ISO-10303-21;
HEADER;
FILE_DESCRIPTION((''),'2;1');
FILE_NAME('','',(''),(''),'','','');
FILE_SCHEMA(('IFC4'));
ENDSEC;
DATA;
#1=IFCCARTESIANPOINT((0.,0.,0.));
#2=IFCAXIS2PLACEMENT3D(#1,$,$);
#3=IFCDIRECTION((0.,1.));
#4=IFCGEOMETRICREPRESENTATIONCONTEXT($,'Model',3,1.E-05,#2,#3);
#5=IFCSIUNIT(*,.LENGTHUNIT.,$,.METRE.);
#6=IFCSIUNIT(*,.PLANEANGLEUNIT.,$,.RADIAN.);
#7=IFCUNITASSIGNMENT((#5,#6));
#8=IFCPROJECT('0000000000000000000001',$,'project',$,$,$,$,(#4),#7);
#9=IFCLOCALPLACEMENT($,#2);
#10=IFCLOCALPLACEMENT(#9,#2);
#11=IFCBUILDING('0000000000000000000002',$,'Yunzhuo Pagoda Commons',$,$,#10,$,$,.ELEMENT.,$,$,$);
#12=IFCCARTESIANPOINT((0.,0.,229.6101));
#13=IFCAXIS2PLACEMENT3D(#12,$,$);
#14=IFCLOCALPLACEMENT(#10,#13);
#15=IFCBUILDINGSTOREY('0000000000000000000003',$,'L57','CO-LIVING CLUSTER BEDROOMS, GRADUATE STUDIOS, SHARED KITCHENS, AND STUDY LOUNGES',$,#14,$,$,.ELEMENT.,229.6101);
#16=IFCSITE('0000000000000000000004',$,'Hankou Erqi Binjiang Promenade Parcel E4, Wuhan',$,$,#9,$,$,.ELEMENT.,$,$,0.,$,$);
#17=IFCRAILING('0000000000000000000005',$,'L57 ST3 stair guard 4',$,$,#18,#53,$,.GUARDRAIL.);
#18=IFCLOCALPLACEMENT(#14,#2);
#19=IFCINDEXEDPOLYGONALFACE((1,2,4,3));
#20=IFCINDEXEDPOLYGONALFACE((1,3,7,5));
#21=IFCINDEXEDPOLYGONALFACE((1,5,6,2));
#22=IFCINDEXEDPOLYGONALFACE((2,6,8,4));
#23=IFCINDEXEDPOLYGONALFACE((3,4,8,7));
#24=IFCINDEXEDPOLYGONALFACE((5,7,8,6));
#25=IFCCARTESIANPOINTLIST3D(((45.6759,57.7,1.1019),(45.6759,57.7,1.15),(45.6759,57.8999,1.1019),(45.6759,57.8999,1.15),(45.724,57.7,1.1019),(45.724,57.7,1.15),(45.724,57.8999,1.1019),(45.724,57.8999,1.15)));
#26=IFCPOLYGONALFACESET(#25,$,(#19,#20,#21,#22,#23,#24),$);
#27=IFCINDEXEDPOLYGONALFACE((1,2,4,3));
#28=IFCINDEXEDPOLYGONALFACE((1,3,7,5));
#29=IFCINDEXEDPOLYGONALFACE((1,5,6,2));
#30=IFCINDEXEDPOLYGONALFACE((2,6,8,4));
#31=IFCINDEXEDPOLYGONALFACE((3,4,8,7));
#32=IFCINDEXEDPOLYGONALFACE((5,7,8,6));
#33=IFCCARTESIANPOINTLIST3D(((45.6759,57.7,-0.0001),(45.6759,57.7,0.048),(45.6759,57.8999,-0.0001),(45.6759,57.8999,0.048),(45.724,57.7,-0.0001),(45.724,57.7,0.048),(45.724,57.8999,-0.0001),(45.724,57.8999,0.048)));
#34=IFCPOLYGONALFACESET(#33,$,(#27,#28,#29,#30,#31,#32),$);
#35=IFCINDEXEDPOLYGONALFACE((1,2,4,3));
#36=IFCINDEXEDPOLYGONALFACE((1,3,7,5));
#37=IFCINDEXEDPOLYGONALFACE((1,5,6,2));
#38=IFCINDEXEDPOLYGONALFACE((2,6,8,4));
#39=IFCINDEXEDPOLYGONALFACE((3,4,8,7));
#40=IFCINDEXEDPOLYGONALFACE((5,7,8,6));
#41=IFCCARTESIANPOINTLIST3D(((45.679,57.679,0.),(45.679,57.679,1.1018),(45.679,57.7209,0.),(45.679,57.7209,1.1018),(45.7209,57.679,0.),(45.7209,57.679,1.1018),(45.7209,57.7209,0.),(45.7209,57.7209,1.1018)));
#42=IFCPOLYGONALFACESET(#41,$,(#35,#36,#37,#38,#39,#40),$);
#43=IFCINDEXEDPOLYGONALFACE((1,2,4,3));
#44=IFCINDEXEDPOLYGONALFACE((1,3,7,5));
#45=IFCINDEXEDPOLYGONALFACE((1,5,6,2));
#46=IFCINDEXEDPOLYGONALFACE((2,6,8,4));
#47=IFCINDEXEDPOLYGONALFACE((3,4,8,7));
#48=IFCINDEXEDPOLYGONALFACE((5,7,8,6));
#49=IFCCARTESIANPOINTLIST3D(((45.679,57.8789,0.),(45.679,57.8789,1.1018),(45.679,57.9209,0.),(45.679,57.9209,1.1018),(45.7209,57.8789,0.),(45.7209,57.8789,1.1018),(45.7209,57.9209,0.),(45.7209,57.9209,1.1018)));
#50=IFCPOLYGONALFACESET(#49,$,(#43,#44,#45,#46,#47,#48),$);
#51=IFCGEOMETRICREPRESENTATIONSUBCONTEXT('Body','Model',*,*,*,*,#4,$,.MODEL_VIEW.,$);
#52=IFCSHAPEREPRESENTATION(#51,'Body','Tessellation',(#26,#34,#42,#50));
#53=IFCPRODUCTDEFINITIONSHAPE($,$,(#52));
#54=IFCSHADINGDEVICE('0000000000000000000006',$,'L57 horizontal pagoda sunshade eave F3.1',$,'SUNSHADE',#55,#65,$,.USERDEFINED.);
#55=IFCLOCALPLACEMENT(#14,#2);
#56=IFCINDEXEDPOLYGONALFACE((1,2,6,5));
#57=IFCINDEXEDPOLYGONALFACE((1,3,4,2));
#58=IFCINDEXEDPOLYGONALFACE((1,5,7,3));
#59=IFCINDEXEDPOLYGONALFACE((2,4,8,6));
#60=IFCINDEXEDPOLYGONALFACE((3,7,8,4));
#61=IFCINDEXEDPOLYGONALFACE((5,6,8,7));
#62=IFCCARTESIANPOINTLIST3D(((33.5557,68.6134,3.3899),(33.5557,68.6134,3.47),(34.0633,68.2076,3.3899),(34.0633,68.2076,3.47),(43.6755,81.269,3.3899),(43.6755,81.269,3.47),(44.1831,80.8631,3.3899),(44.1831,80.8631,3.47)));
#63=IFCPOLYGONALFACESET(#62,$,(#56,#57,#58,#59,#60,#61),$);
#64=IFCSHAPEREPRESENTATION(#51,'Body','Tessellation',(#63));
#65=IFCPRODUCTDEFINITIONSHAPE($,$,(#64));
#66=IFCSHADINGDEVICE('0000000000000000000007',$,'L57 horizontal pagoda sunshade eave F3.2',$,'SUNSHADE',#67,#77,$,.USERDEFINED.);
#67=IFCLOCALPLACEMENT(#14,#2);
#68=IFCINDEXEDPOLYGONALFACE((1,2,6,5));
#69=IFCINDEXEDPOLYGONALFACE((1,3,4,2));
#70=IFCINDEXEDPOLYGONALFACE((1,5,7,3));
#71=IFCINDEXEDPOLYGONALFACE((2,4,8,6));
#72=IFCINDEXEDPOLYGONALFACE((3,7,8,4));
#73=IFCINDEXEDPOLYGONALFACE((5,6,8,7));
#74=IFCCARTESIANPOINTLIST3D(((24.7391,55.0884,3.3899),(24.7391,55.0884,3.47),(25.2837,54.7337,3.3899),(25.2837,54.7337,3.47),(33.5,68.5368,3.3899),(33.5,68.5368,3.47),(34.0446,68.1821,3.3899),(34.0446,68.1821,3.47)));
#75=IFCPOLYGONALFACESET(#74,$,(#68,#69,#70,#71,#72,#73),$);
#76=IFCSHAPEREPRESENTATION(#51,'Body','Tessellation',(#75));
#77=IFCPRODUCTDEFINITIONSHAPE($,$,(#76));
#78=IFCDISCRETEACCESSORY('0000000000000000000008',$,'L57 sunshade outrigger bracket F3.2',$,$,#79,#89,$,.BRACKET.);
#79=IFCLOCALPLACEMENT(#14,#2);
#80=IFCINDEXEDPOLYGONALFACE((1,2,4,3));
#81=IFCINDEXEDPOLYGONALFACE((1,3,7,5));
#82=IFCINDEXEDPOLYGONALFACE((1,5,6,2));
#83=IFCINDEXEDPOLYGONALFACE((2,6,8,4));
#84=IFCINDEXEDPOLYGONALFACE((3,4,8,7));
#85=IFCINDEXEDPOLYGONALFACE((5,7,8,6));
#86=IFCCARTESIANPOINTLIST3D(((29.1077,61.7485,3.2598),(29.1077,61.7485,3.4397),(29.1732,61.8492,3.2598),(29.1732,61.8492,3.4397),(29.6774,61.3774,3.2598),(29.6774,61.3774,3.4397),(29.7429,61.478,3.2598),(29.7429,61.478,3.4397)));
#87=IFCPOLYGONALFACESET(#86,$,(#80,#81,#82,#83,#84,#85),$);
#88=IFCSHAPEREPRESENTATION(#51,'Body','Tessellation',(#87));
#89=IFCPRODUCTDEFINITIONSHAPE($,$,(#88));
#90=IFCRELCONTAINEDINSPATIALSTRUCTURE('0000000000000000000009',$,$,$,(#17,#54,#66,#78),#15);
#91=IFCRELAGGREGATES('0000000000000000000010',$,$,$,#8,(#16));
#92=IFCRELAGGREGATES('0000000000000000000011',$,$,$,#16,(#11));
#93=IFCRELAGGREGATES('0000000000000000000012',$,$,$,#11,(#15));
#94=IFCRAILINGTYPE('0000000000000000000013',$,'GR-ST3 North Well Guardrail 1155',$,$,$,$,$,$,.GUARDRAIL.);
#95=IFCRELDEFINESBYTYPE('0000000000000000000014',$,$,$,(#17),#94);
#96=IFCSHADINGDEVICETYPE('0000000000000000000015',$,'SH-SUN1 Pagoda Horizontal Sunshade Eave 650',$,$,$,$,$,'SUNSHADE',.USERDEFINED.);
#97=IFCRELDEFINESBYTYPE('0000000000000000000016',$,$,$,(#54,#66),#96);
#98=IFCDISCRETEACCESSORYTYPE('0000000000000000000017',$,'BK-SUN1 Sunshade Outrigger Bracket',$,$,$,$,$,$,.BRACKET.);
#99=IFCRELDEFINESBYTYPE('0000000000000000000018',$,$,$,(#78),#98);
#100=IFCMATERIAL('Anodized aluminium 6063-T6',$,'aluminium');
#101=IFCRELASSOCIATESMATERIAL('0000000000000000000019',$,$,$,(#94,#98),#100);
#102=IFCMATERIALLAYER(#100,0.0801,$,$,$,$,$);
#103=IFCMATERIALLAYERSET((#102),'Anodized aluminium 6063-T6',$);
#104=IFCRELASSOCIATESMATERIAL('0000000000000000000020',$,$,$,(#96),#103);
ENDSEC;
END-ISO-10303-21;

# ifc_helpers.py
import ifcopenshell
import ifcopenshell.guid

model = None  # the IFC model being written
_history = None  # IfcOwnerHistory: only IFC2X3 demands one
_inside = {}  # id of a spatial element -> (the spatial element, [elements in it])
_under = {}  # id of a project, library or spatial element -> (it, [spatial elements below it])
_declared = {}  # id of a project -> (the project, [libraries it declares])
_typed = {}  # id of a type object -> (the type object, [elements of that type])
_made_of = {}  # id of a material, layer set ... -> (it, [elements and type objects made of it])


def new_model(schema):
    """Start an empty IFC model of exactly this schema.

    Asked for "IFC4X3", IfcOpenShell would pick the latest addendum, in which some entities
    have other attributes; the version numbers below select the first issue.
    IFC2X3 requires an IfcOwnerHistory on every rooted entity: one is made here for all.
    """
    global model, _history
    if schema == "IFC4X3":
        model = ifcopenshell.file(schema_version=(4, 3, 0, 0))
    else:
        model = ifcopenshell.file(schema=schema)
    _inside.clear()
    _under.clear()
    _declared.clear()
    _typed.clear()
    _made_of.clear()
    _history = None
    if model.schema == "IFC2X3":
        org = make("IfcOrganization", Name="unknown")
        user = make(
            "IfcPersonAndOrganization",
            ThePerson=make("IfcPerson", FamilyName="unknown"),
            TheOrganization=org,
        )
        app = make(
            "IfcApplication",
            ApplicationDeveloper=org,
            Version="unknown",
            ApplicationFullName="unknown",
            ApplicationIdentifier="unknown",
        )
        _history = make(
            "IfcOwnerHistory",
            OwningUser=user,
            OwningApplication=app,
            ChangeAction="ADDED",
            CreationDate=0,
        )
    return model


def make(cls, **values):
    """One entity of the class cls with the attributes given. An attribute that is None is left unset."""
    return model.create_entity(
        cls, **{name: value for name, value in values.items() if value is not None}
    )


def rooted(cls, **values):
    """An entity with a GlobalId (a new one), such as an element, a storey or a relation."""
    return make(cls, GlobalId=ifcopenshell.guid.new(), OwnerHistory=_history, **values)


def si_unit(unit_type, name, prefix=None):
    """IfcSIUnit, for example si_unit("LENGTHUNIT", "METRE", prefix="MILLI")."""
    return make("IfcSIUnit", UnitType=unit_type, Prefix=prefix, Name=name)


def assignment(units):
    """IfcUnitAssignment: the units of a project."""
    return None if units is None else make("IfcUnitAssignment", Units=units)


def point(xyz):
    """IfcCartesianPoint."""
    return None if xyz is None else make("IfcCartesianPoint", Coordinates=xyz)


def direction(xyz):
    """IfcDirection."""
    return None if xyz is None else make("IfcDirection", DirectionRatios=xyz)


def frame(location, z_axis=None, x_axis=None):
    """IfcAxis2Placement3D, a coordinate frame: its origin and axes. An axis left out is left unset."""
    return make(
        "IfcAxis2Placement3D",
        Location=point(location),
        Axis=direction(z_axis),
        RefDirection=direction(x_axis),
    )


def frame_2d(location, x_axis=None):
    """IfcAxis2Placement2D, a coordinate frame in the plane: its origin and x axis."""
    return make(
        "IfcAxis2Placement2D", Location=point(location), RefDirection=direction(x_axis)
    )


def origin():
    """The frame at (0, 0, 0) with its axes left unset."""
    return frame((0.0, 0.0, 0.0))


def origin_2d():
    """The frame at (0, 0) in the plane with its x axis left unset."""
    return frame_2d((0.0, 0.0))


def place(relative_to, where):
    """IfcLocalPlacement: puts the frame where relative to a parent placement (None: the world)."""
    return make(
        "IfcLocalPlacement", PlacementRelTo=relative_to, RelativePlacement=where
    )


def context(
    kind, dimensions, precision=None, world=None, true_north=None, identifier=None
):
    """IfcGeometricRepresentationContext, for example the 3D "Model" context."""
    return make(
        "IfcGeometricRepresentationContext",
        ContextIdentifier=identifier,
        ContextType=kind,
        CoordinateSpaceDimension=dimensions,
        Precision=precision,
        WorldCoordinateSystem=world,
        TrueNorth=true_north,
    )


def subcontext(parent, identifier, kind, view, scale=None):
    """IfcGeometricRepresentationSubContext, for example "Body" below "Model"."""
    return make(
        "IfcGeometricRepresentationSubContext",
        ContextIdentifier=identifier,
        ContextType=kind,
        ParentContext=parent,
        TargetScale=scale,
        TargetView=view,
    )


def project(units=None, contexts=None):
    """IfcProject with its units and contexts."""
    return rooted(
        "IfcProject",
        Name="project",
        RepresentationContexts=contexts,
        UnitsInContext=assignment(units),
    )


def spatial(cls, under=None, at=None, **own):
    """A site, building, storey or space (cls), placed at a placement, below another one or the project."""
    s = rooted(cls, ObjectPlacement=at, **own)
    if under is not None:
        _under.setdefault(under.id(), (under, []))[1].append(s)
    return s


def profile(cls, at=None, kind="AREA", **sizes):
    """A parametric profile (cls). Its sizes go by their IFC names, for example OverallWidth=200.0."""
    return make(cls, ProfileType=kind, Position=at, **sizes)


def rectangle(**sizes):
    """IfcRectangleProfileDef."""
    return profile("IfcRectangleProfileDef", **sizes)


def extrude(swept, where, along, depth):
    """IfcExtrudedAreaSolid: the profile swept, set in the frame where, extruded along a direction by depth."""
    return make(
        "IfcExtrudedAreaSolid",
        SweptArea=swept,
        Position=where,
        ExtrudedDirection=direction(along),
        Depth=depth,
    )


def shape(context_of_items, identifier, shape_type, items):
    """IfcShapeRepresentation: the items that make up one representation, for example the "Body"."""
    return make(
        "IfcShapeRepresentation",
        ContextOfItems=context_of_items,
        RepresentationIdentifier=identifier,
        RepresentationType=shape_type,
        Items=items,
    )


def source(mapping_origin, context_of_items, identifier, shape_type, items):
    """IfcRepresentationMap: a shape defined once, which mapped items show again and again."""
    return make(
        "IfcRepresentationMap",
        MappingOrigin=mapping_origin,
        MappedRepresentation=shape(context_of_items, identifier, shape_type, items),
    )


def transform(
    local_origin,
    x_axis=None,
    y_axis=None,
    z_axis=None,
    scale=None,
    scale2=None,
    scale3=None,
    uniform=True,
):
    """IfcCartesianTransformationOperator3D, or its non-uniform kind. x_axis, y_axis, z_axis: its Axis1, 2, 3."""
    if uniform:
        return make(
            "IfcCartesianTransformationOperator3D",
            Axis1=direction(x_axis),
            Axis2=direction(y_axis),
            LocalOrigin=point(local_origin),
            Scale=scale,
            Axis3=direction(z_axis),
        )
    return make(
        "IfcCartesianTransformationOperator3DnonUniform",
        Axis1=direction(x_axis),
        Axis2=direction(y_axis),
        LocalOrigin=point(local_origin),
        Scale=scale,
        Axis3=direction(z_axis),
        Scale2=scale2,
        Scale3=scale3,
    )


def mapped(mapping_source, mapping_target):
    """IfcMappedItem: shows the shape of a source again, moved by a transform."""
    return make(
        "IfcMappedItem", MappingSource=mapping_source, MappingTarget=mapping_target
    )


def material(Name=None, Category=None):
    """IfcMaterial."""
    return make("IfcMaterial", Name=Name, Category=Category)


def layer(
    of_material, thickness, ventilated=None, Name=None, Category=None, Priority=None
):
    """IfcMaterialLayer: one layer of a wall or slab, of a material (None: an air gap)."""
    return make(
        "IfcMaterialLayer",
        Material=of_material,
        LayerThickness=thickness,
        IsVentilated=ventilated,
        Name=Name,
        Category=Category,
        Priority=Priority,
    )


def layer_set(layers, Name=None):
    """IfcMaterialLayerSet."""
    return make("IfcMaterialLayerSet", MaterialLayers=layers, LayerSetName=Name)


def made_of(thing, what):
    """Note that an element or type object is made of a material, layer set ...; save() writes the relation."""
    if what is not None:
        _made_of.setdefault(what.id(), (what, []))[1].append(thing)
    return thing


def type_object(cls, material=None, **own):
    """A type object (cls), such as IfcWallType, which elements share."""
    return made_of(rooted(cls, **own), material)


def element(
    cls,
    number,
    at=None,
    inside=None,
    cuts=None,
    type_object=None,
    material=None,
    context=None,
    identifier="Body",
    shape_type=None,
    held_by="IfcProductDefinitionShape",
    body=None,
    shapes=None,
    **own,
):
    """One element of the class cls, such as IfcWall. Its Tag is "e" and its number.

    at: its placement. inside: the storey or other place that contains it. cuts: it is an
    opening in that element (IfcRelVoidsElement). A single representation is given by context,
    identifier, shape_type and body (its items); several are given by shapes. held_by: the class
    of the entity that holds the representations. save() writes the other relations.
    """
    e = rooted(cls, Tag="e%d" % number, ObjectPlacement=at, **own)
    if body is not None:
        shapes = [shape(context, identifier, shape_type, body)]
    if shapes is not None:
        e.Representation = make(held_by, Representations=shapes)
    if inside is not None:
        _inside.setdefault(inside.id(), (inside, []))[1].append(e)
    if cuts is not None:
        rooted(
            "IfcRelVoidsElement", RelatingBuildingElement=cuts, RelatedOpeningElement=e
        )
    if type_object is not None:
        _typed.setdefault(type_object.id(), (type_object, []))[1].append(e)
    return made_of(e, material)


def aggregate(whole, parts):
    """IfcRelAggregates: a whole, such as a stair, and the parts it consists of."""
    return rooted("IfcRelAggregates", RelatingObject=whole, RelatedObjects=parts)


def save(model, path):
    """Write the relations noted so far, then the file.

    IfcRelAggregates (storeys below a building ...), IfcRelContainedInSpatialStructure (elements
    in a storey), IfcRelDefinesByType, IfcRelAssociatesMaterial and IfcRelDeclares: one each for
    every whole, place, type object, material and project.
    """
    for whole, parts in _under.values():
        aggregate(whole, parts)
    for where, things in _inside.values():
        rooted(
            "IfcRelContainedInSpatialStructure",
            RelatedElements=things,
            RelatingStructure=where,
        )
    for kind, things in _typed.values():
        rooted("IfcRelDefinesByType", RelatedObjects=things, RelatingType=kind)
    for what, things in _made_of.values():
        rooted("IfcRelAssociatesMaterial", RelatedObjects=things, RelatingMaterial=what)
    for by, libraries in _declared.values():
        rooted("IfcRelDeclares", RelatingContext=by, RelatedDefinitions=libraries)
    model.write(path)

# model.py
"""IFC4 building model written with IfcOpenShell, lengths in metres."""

from ifc_helpers import new_model, si_unit, direction, frame, origin, origin_2d, place, context, subcontext, project, spatial, rectangle, extrude, source, transform, mapped, material, layer, layer_set, type_object, element, save


model = new_model("IFC4")

# Units and contexts
model_context = context("Model", 3, precision=1e-05, world=origin(), true_north=direction((0.0, 1.0)))
body_context = subcontext(model_context, "Body", "Model", "MODEL_VIEW")
ifc_project = project(units=[si_unit("LENGTHUNIT", "METRE"), si_unit("PLANEANGLEUNIT", "RADIAN")], contexts=[model_context])

# Site, building, storey
site_placement = place(None, origin())
site = spatial("IfcSite", under=ifc_project, at=site_placement, Name="Hankou Erqi Binjiang Promenade Parcel E4, Wuhan", CompositionType="ELEMENT", RefElevation=0.0)
building_placement = place(site_placement, origin())
building = spatial("IfcBuilding", under=site, at=building_placement, Name="Yunzhuo Pagoda Commons", CompositionType="ELEMENT")
storey_placement = place(building_placement, frame((0.0, 0.0, 229.6101)))
storey = spatial("IfcBuildingStorey", under=building, at=storey_placement, Name="L57", Description="CO-LIVING CLUSTER BEDROOMS, GRADUATE STUDIOS, SHARED KITCHENS, AND STUDY LOUNGES", CompositionType="ELEMENT", Elevation=229.6101)

# Shared definitions
ifc_material_1 = material(Name="Anodized aluminium 6063-T6", Category="aluminium")

# Railing
railing_type = type_object("IfcRailingType", Name="GR-ST3 North Well Guardrail 1155", PredefinedType="GUARDRAIL", material=ifc_material_1)
railing_1_placement = place(storey_placement, frame((45.7, 57.7, 0.0)))
element("IfcRailing", 1, at=railing_1_placement, inside=storey, type_object=railing_type, Name="L57 ST3 stair guard 4", PredefinedType="GUARDRAIL", context=body_context, shape_type="SweptSolid", body=[
    extrude(rectangle(XDim=0.0481, YDim=0.0481, at=origin_2d()), frame((0.0, 0.0, 1.126), z_axis=(0.0, 1.0, 0.0), x_axis=(-1.0, 0.0, 0.0)), (0.0, 0.0, 1.0), 0.2),
    extrude(rectangle(XDim=0.0481, YDim=0.0481, at=origin_2d()), frame((0.0, 0.0, 0.0239), z_axis=(0.0, 1.0, 0.0), x_axis=(-1.0, 0.0, 0.0)), (0.0, 0.0, 1.0), 0.2),
    extrude(rectangle(XDim=0.042, YDim=0.042, at=origin_2d()), origin(), (0.0, 0.0, 1.0), 1.1018),
    extrude(rectangle(XDim=0.042, YDim=0.042, at=origin_2d()), frame((0.0, 0.2, 0.0)), (0.0, 0.0, 1.0), 1.1018),
])

# Shading devices
ifc_layer_1 = layer(ifc_material_1, 0.0801)
ifc_layer_set_1 = layer_set([ifc_layer_1], Name="Anodized aluminium 6063-T6")
shading_device_type = type_object("IfcShadingDeviceType", Name="SH-SUN1 Pagoda Horizontal Sunshade Eave 650", ElementType="SUNSHADE", PredefinedType="USERDEFINED", material=ifc_layer_set_1)
shared_shape_1 = source(origin(), body_context, "Body", "SweptSolid", [
    extrude(rectangle(XDim=16.2041, YDim=0.6499, at=origin_2d()), origin(), (0.0, 0.0, 1.0), 0.0801),
])
shading_device_1_placement = place(storey_placement, frame((38.8694, 74.7383, 3.3899), z_axis=(0.0, 0.0, 1.0), x_axis=(-0.62452, -0.781008, 0.0)))
element("IfcShadingDevice", 2, at=shading_device_1_placement, inside=storey, type_object=shading_device_type, Name="L57 horizontal pagoda sunshade eave F3.1", ObjectType="SUNSHADE", PredefinedType="USERDEFINED", context=body_context, shape_type="MappedRepresentation", body=[
    mapped(shared_shape_1, transform((0.0, 0.0, 0.0), scale=1.0)),
])
shared_shape_2 = source(origin(), body_context, "Body", "SweptSolid", [
    extrude(rectangle(XDim=16.0503, YDim=0.6499, at=origin_2d()), origin(), (0.0, 0.0, 1.0), 0.0801),
])
shading_device_2_placement = place(storey_placement, frame((29.3918, 61.6353, 3.3899), z_axis=(0.0, 0.0, 1.0), x_axis=(-0.545839, -0.83789, 0.0)))
element("IfcShadingDevice", 3, at=shading_device_2_placement, inside=storey, type_object=shading_device_type, Name="L57 horizontal pagoda sunshade eave F3.2", ObjectType="SUNSHADE", PredefinedType="USERDEFINED", context=body_context, shape_type="MappedRepresentation", body=[
    mapped(shared_shape_2, transform((0.0, 0.0, 0.0), scale=1.0)),
])

# Discrete accessory
discrete_accessory_type = type_object("IfcDiscreteAccessoryType", Name="BK-SUN1 Sunshade Outrigger Bracket", PredefinedType="BRACKET", material=ifc_material_1)
shared_shape_3 = source(origin(), body_context, "Body", "SweptSolid", [
    extrude(rectangle(XDim=0.1201, YDim=0.6799, at=origin_2d()), origin(), (0.0, 0.0, 1.0), 0.1799),
])
discrete_accessory_placement = place(storey_placement, frame((29.4253, 61.6133, 3.2598), z_axis=(0.0, 0.0, 1.0), x_axis=(-0.545839, -0.83789, 0.0)))
element("IfcDiscreteAccessory", 4, at=discrete_accessory_placement, inside=storey, type_object=discrete_accessory_type, Name="L57 sunshade outrigger bracket F3.2", PredefinedType="BRACKET", context=body_context, shape_type="MappedRepresentation", body=[
    mapped(shared_shape_3, transform((0.0, 0.0, 0.0), scale=1.0)),
])

save(model, "model.ifc")
